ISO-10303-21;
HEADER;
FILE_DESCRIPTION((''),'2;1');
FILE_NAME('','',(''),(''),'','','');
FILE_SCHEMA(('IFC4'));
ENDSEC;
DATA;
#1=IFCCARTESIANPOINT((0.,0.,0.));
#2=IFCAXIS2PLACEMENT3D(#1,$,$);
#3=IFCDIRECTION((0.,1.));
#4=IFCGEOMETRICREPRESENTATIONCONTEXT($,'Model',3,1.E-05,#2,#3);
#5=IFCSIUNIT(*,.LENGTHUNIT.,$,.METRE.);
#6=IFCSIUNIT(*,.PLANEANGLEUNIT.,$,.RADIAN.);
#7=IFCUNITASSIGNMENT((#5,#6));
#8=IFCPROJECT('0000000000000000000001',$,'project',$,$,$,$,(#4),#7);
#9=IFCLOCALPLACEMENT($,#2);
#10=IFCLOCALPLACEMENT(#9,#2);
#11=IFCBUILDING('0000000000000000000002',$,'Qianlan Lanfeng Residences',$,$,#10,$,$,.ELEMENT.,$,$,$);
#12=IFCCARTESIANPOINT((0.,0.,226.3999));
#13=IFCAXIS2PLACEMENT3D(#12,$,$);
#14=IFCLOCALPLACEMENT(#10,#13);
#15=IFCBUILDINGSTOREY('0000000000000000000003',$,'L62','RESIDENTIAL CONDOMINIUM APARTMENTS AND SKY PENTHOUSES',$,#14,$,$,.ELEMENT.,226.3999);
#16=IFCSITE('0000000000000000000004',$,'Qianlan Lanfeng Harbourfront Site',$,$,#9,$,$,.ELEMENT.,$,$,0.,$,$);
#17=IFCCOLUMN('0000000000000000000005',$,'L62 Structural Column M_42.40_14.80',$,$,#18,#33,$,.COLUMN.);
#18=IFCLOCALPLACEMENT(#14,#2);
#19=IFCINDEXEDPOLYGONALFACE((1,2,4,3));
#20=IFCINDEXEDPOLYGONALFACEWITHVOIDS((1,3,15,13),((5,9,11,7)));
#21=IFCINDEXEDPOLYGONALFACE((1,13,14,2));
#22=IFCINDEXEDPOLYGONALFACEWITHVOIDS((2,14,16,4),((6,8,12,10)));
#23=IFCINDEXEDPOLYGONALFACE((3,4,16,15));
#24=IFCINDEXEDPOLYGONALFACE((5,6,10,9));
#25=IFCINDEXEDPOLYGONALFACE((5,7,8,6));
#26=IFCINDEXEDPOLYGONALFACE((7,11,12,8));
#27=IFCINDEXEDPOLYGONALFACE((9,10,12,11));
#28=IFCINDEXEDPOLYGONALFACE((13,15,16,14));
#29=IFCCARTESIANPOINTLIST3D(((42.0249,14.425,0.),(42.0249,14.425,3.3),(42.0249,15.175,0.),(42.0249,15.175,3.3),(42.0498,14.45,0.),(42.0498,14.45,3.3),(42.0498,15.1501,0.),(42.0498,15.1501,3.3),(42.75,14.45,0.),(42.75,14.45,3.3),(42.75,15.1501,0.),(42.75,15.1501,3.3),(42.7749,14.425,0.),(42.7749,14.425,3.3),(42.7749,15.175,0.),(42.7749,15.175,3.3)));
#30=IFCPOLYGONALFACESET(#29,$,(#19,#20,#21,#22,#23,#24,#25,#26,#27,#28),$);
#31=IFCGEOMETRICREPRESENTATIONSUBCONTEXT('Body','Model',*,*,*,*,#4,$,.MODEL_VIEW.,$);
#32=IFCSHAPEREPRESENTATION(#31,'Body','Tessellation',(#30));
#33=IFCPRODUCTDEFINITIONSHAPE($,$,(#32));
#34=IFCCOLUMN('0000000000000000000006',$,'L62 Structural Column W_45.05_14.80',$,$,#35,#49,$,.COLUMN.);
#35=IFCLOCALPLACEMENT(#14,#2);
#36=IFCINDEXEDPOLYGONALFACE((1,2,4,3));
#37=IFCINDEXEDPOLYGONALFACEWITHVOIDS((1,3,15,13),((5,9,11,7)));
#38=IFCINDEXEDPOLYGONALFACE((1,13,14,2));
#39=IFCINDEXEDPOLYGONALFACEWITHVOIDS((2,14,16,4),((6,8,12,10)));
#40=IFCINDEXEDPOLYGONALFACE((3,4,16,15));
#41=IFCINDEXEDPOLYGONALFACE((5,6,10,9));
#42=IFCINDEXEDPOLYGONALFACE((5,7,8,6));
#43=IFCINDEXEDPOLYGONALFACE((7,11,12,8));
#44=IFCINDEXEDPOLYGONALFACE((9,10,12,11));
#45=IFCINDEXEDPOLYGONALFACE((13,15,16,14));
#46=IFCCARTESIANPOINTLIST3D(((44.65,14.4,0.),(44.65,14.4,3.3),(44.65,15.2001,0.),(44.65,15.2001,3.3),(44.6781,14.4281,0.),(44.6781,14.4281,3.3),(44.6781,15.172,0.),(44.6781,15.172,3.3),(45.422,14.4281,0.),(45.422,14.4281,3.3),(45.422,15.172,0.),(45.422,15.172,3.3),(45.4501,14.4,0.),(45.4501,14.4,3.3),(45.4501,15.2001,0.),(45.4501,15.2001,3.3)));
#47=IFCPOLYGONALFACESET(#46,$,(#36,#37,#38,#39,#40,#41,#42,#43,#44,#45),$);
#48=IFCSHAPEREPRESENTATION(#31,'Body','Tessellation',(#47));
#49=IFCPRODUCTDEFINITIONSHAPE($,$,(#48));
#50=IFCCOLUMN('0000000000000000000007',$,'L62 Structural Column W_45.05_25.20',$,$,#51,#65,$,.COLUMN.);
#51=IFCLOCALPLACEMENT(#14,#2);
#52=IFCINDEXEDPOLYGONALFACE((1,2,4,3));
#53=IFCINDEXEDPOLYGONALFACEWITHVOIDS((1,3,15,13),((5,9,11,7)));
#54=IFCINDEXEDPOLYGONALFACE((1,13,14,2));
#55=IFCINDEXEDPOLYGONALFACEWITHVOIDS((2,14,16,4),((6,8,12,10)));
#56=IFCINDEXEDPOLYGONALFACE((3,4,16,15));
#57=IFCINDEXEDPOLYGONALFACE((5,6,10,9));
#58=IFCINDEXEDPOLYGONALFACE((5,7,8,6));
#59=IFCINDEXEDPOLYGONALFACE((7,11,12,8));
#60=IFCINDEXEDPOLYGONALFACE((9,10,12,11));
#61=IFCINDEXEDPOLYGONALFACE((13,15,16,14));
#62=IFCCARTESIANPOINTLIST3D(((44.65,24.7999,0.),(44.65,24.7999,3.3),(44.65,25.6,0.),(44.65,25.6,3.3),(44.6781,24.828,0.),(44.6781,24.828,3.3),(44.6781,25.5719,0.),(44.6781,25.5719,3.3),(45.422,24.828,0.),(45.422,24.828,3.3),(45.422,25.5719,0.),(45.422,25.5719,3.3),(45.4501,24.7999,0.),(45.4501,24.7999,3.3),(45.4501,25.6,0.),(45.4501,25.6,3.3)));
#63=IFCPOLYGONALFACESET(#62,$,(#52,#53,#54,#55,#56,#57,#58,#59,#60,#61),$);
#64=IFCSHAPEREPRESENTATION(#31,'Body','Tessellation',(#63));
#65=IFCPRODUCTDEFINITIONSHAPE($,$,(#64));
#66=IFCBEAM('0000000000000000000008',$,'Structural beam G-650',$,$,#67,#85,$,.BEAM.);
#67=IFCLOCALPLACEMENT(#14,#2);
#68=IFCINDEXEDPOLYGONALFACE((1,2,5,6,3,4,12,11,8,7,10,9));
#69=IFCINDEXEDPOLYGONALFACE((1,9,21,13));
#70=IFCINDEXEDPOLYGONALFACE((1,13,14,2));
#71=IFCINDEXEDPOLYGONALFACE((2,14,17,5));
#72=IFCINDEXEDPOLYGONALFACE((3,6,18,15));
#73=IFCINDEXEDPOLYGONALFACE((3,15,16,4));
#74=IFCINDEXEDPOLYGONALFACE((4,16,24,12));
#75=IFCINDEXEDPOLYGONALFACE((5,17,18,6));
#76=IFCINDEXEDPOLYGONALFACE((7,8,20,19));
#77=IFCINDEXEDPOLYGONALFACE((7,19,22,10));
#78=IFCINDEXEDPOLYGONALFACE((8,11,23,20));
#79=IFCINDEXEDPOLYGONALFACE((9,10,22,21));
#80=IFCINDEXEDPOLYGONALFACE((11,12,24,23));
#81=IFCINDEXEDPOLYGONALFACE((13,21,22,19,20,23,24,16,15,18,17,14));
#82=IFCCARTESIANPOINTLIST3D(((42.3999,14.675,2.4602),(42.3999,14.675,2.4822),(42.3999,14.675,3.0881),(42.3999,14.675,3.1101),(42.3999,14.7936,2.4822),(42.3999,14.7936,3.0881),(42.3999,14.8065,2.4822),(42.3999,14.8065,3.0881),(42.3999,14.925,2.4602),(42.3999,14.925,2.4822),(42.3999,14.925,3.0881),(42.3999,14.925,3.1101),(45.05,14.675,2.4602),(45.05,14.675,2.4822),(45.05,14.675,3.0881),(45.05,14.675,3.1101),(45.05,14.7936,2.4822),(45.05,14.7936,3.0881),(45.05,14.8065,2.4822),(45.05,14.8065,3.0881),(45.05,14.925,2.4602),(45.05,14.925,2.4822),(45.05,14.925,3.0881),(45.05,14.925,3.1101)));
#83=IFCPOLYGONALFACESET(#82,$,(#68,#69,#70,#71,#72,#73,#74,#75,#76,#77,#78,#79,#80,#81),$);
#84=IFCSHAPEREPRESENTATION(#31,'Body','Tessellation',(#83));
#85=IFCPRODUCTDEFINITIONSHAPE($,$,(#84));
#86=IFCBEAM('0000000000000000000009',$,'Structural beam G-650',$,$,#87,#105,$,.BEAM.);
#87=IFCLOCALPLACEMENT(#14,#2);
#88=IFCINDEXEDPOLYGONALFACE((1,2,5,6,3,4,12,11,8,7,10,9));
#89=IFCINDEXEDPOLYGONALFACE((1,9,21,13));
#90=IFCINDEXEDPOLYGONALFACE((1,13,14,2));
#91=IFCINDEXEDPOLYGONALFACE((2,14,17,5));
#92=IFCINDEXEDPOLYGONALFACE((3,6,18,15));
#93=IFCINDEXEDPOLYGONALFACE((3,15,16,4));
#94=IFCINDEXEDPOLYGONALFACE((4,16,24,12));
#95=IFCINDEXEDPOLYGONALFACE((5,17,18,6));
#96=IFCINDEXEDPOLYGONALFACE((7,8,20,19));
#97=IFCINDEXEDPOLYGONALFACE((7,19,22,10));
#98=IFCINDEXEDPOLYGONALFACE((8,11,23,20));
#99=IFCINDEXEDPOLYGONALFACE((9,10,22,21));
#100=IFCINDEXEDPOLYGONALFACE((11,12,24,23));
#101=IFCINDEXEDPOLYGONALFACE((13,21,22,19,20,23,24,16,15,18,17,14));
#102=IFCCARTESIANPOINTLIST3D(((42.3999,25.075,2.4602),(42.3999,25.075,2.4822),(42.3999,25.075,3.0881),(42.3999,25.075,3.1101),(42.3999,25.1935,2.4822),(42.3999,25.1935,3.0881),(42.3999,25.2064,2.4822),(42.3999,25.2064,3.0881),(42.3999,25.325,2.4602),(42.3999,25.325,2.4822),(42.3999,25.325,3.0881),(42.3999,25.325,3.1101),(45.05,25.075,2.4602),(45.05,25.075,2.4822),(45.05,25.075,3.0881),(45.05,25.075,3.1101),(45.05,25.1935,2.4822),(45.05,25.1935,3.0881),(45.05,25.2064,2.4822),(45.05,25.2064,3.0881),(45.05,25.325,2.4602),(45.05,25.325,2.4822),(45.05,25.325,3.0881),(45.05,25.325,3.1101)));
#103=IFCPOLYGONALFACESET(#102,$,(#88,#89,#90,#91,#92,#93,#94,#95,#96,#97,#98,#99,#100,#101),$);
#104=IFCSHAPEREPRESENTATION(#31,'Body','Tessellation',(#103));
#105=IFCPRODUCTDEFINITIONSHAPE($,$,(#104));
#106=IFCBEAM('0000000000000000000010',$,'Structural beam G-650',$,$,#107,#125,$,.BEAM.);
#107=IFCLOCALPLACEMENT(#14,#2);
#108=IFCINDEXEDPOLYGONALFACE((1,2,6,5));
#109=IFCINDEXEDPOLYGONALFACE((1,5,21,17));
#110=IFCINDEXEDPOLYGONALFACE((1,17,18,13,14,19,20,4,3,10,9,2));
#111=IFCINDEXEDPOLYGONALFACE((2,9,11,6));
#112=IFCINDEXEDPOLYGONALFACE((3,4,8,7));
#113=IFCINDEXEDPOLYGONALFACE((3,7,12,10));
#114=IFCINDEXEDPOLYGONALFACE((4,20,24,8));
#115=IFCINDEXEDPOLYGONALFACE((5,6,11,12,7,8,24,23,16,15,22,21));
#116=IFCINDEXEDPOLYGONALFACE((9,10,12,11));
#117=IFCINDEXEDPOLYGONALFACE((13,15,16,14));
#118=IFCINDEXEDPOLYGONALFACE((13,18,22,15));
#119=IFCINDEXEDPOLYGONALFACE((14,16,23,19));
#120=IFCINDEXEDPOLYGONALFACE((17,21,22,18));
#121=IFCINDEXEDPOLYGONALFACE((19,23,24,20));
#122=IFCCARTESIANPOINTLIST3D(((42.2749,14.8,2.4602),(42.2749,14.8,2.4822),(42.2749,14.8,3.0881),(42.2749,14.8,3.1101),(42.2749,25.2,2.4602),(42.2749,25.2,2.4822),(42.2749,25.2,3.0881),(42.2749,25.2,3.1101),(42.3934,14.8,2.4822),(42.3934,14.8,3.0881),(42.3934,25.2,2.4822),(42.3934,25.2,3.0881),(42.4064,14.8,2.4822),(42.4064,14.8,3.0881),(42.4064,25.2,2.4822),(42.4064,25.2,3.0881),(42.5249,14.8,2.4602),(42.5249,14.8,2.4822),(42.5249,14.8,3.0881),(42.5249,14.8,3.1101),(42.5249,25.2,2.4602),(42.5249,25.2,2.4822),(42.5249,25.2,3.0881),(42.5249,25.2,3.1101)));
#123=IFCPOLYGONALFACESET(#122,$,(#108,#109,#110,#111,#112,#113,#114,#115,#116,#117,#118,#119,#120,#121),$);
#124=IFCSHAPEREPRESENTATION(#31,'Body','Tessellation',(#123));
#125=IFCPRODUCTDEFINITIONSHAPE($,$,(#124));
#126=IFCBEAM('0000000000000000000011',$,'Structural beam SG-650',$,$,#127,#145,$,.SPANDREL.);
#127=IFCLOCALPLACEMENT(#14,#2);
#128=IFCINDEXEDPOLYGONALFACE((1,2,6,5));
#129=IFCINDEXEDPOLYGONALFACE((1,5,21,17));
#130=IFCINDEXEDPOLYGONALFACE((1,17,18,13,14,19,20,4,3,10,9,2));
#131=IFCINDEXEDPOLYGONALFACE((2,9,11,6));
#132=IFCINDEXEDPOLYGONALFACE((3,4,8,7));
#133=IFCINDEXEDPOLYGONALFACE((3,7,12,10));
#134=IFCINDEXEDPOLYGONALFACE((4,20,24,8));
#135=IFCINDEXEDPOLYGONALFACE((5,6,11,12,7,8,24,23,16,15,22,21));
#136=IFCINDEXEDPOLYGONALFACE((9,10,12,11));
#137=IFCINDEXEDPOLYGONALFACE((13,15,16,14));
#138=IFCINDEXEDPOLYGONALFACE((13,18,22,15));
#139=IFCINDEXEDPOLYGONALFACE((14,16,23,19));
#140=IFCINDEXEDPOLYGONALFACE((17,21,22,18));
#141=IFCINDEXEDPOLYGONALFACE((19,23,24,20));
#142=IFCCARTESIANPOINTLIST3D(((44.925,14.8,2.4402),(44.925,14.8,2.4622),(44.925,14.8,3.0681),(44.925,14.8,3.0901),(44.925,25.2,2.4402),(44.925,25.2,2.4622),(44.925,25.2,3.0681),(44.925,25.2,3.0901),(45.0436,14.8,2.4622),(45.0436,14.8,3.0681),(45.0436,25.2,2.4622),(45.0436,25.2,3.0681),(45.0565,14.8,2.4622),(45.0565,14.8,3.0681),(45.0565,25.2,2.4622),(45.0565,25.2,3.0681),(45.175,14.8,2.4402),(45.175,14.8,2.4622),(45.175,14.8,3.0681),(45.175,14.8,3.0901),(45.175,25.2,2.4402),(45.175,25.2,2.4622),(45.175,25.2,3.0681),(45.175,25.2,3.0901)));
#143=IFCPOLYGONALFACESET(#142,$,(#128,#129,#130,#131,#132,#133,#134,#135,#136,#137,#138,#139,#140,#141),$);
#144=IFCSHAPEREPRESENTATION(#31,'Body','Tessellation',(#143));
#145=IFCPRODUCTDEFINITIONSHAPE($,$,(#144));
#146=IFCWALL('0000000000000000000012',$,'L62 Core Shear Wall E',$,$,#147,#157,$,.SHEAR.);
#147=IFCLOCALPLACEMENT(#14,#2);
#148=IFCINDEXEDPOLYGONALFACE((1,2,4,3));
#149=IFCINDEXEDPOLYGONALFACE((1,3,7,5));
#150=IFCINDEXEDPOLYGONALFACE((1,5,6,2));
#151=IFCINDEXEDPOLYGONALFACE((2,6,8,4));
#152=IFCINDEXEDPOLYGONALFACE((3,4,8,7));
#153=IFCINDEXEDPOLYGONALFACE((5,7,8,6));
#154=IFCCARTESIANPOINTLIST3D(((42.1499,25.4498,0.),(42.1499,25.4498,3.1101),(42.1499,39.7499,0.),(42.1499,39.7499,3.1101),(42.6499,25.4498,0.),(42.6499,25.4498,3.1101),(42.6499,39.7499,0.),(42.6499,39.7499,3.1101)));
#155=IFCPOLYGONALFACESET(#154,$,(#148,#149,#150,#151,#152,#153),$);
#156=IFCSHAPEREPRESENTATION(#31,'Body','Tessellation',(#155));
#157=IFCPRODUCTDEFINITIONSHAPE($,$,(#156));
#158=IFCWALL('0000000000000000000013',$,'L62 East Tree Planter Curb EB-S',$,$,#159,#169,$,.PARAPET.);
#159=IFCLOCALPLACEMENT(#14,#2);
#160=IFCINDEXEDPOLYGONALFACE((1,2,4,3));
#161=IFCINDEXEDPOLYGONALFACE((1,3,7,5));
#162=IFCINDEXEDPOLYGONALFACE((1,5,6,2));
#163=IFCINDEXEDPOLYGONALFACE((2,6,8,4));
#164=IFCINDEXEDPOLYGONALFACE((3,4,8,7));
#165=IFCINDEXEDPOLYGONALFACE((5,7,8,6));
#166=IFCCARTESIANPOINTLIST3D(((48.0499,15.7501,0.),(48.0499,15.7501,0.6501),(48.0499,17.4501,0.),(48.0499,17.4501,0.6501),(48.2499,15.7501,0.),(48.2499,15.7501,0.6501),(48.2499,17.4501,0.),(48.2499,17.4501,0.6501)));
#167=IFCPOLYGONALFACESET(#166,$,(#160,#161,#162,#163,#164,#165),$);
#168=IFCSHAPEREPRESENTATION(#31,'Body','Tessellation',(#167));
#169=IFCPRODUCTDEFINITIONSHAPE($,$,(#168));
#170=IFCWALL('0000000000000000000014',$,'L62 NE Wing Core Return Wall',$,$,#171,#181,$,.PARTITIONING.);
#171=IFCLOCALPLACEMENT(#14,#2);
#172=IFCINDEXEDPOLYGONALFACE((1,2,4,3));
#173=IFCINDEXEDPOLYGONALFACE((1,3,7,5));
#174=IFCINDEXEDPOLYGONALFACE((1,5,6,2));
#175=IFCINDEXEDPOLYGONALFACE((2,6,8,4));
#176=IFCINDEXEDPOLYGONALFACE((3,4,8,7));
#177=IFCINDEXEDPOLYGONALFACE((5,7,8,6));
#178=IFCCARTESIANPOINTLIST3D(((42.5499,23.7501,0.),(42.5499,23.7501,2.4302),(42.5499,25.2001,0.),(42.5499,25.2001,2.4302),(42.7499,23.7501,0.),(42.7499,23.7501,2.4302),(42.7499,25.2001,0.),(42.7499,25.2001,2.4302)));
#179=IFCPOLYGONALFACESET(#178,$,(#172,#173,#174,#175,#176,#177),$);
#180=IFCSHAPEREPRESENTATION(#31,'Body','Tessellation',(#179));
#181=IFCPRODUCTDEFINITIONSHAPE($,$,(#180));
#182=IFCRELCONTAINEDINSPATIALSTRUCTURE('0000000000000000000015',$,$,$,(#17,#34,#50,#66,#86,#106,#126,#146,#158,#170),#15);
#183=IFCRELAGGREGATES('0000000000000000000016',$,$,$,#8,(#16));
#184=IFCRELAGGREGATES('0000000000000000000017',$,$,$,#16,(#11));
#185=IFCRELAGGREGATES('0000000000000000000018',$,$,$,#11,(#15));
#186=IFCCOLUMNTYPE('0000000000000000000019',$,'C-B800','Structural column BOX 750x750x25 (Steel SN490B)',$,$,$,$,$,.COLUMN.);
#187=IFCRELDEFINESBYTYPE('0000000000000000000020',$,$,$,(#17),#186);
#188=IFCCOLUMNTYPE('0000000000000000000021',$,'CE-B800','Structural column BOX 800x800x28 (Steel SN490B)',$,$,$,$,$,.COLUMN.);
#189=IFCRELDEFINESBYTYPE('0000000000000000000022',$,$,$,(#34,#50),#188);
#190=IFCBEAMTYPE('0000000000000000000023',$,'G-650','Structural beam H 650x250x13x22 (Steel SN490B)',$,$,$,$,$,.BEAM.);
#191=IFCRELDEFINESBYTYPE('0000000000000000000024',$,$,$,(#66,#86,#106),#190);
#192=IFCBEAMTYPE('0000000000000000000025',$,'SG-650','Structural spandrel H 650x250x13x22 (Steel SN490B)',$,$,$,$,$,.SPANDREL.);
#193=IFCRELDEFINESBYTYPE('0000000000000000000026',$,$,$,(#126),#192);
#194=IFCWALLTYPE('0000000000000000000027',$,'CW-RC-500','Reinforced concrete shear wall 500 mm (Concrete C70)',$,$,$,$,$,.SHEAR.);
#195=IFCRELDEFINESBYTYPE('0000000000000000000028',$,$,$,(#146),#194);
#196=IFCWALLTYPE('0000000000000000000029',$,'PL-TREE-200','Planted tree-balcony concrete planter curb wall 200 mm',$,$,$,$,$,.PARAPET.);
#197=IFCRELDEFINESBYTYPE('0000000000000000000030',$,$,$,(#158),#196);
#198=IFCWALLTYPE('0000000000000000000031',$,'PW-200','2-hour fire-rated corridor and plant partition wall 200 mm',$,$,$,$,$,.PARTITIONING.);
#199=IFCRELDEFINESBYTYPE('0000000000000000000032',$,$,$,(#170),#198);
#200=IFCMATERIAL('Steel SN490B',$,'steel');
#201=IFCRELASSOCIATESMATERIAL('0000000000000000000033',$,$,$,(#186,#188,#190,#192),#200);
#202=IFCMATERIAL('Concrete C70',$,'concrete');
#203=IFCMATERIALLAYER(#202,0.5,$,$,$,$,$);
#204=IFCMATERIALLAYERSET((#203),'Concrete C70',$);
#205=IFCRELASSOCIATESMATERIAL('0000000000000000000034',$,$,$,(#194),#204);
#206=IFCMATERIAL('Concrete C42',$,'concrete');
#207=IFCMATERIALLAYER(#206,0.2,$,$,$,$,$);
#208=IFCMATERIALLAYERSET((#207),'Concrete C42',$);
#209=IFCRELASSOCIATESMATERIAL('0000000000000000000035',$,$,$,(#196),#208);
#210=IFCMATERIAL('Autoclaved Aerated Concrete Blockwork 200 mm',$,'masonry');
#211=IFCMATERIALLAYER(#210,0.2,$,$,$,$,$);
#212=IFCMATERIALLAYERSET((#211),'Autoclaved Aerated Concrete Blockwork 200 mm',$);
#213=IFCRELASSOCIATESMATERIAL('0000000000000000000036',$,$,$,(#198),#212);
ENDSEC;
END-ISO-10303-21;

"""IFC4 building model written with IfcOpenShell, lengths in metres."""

from ifc_helpers import new_model, si_unit, direction, frame, frame_2d, origin, origin_2d, place, context, subcontext, project, spatial, rectangle, hollow_rectangle, i_section, extrude, material, layer, layer_set, material_profile, profile_set, type_object, element, save


model = new_model("IFC4")

# Units and contexts
model_context = context("Model", 3, precision=1e-05, world=origin(), true_north=direction((0.0, 1.0)))
body_context = subcontext(model_context, "Body", "Model", "MODEL_VIEW")
ifc_project = project(units=[si_unit("LENGTHUNIT", "METRE"), si_unit("PLANEANGLEUNIT", "RADIAN")], contexts=[model_context])

# Site, building, storey
site_placement = place(None, origin())
site = spatial("IfcSite", under=ifc_project, at=site_placement, Name="Qianlan Lanfeng Harbourfront Site", CompositionType="ELEMENT", RefElevation=0.0)
building_placement = place(site_placement, origin())
building = spatial("IfcBuilding", under=site, at=building_placement, Name="Qianlan Lanfeng Residences", CompositionType="ELEMENT")
storey_placement = place(building_placement, frame((0.0, 0.0, 226.3999)))
storey = spatial("IfcBuildingStorey", under=building, at=storey_placement, Name="L62", Description="RESIDENTIAL CONDOMINIUM APARTMENTS AND SKY PENTHOUSES", CompositionType="ELEMENT", Elevation=226.3999)

# Columns
ifc_material_1 = material(Name="Steel SN490B", Category="steel")
ifc_material_profile_1 = material_profile(ifc_material_1, hollow_rectangle(XDim=0.75, YDim=0.75, WallThickness=0.0249, at=origin_2d()), Name="BOX 750x750x25")
ifc_profile_set_1 = profile_set([ifc_material_profile_1], Name="Steel SN490B")
column_type_1 = type_object("IfcColumnType", Name="C-B800", Description="Structural column BOX 750x750x25 (Steel SN490B)", PredefinedType="COLUMN", material=ifc_profile_set_1)
column_placement = place(storey_placement, frame((42.3999, 14.8, 0.0), z_axis=(0.0, 0.0, 1.0), x_axis=(1.0, 0.0, 0.0)))
element("IfcColumn", 1, at=column_placement, inside=storey, type_object=column_type_1, Name="L62 Structural Column M_42.40_14.80", PredefinedType="COLUMN", context=body_context, shape_type="SweptSolid", body=[
    extrude(hollow_rectangle(XDim=0.75, YDim=0.75, WallThickness=0.0249, at=origin_2d()), origin(), (0.0, 0.0, 1.0), 3.3),
])
ifc_material_profile_2 = material_profile(ifc_material_1, hollow_rectangle(XDim=0.8, YDim=0.8, WallThickness=0.0281, at=origin_2d()), Name="BOX 800x800x28")
ifc_profile_set_2 = profile_set([ifc_material_profile_2], Name="Steel SN490B")
column_type_2 = type_object("IfcColumnType", Name="CE-B800", Description="Structural column BOX 800x800x28 (Steel SN490B)", PredefinedType="COLUMN", material=ifc_profile_set_2)
for number, where, z_axis, x_axis, name in (
    (2, (45.05, 14.8, 0.0), (0.0, 0.0, 1.0), (1.0, 0.0, 0.0), "L62 Structural Column W_45.05_14.80"),
    (3, (45.05, 25.2, 0.0), (0.0, 0.0, 1.0), (1.0, 0.0, 0.0), "L62 Structural Column W_45.05_25.20"),
):
    element("IfcColumn", number, at=place(storey_placement, frame(where, z_axis=z_axis, x_axis=x_axis)), inside=storey, type_object=column_type_2, Name=name, PredefinedType="COLUMN", context=body_context, shape_type="SweptSolid", body=[
        extrude(hollow_rectangle(XDim=0.8, YDim=0.8, WallThickness=0.0281, at=origin_2d()), origin(), (0.0, 0.0, 1.0), 3.3),
    ])

# Beams
ifc_material_profile_3 = material_profile(ifc_material_1, i_section(OverallWidth=0.25, OverallDepth=0.6499, WebThickness=0.0129, FlangeThickness=0.022, at=origin_2d()), Name="H 650x250x13x22")
ifc_profile_set_3 = profile_set([ifc_material_profile_3], Name="Steel SN490B")
beam_type_1 = type_object("IfcBeamType", Name="G-650", Description="Structural beam H 650x250x13x22 (Steel SN490B)", PredefinedType="BEAM", material=ifc_profile_set_3)
for number, where, z_axis, x_axis, name in (
    (4, (42.3999, 14.8, 2.7852), (1.0, 0.0, 0.0), (0.0, 1.0, 0.0), "Structural beam G-650"),
    (5, (42.3999, 25.2, 2.7852), (1.0, 0.0, 0.0), (0.0, 1.0, 0.0), "Structural beam G-650"),
):
    element("IfcBeam", number, at=place(storey_placement, frame(where, z_axis=z_axis, x_axis=x_axis)), inside=storey, type_object=beam_type_1, Name=name, PredefinedType="BEAM", context=body_context, shape_type="SweptSolid", body=[
        extrude(i_section(OverallWidth=0.25, OverallDepth=0.6499, WebThickness=0.0129, FlangeThickness=0.022, at=origin_2d()), origin(), (0.0, 0.0, 1.0), 2.6501),
    ])
beam_1_placement = place(storey_placement, frame((42.3999, 14.8, 2.7852), z_axis=(0.0, 1.0, 0.0), x_axis=(-1.0, 0.0, 0.0)))
element("IfcBeam", 6, at=beam_1_placement, inside=storey, type_object=beam_type_1, Name="Structural beam G-650", PredefinedType="BEAM", context=body_context, shape_type="SweptSolid", body=[
    extrude(i_section(OverallWidth=0.25, OverallDepth=0.6499, WebThickness=0.0129, FlangeThickness=0.022, at=origin_2d()), origin(), (0.0, 0.0, 1.0), 10.3999),
])
ifc_material_profile_4 = material_profile(ifc_material_1, i_section(OverallWidth=0.25, OverallDepth=0.6499, WebThickness=0.0129, FlangeThickness=0.022, at=origin_2d()), Name="H 650x250x13x22")
ifc_profile_set_4 = profile_set([ifc_material_profile_4], Name="Steel SN490B")
beam_type_2 = type_object("IfcBeamType", Name="SG-650", Description="Structural spandrel H 650x250x13x22 (Steel SN490B)", PredefinedType="SPANDREL", material=ifc_profile_set_4)
beam_2_placement = place(storey_placement, frame((45.05, 14.8, 2.7651), z_axis=(0.0, 1.0, 0.0), x_axis=(-1.0, 0.0, 0.0)))
element("IfcBeam", 7, at=beam_2_placement, inside=storey, type_object=beam_type_2, Name="Structural beam SG-650", PredefinedType="SPANDREL", context=body_context, shape_type="SweptSolid", body=[
    extrude(i_section(OverallWidth=0.25, OverallDepth=0.6499, WebThickness=0.0129, FlangeThickness=0.022, at=origin_2d()), origin(), (0.0, 0.0, 1.0), 10.3999),
])

# Walls
ifc_material_2 = material(Name="Concrete C70", Category="concrete")
ifc_layer_1 = layer(ifc_material_2, 0.5)
ifc_layer_set_1 = layer_set([ifc_layer_1], Name="Concrete C70")
wall_type_1 = type_object("IfcWallType", Name="CW-RC-500", Description="Reinforced concrete shear wall 500 mm (Concrete C70)", PredefinedType="SHEAR", material=ifc_layer_set_1)
wall_1_placement = place(storey_placement, frame((42.3999, 25.45, 0.0), z_axis=(0.0, 0.0, 1.0), x_axis=(0.0, 1.0, 0.0)))
element("IfcWall", 8, at=wall_1_placement, inside=storey, type_object=wall_type_1, Name="L62 Core Shear Wall E", PredefinedType="SHEAR", context=body_context, shape_type="SweptSolid", body=[
    extrude(rectangle(XDim=14.3, YDim=0.5, at=frame_2d((7.1499, 0.0))), origin(), (0.0, 0.0, 1.0), 3.1101),
])
ifc_material_3 = material(Name="Concrete C42", Category="concrete")
ifc_layer_2 = layer(ifc_material_3, 0.2)
ifc_layer_set_2 = layer_set([ifc_layer_2], Name="Concrete C42")
wall_type_2 = type_object("IfcWallType", Name="PL-TREE-200", Description="Planted tree-balcony concrete planter curb wall 200 mm", PredefinedType="PARAPET", material=ifc_layer_set_2)
wall_2_placement = place(storey_placement, frame((48.1499, 15.75, 0.0), z_axis=(0.0, 0.0, 1.0), x_axis=(0.0, 1.0, 0.0)))
element("IfcWall", 9, at=wall_2_placement, inside=storey, type_object=wall_type_2, Name="L62 East Tree Planter Curb EB-S", PredefinedType="PARAPET", context=body_context, shape_type="SweptSolid", body=[
    extrude(rectangle(XDim=1.7, YDim=0.2, at=frame_2d((0.8501, 0.0))), origin(), (0.0, 0.0, 1.0), 0.6501),
])

# Shared definitions
ifc_material_4 = material(Name="Autoclaved Aerated Concrete Blockwork 200 mm", Category="masonry")
ifc_layer_3 = layer(ifc_material_4, 0.2)
ifc_layer_set_3 = layer_set([ifc_layer_3], Name="Autoclaved Aerated Concrete Blockwork 200 mm")
wall_type_3 = type_object("IfcWallType", Name="PW-200", Description="2-hour fire-rated corridor and plant partition wall 200 mm", PredefinedType="PARTITIONING", material=ifc_layer_set_3)

# Wall
wall_3_placement = place(storey_placement, frame((42.6499, 23.75, 0.0), z_axis=(0.0, 0.0, 1.0), x_axis=(0.0, 1.0, 0.0)))
element("IfcWall", 10, at=wall_3_placement, inside=storey, type_object=wall_type_3, Name="L62 NE Wing Core Return Wall", PredefinedType="PARTITIONING", context=body_context, shape_type="SweptSolid", body=[
    extrude(rectangle(XDim=1.45, YDim=0.2, at=frame_2d((0.7251, 0.0))), origin(), (0.0, 0.0, 1.0), 2.4302),
])

save(model, "model.ifc")
